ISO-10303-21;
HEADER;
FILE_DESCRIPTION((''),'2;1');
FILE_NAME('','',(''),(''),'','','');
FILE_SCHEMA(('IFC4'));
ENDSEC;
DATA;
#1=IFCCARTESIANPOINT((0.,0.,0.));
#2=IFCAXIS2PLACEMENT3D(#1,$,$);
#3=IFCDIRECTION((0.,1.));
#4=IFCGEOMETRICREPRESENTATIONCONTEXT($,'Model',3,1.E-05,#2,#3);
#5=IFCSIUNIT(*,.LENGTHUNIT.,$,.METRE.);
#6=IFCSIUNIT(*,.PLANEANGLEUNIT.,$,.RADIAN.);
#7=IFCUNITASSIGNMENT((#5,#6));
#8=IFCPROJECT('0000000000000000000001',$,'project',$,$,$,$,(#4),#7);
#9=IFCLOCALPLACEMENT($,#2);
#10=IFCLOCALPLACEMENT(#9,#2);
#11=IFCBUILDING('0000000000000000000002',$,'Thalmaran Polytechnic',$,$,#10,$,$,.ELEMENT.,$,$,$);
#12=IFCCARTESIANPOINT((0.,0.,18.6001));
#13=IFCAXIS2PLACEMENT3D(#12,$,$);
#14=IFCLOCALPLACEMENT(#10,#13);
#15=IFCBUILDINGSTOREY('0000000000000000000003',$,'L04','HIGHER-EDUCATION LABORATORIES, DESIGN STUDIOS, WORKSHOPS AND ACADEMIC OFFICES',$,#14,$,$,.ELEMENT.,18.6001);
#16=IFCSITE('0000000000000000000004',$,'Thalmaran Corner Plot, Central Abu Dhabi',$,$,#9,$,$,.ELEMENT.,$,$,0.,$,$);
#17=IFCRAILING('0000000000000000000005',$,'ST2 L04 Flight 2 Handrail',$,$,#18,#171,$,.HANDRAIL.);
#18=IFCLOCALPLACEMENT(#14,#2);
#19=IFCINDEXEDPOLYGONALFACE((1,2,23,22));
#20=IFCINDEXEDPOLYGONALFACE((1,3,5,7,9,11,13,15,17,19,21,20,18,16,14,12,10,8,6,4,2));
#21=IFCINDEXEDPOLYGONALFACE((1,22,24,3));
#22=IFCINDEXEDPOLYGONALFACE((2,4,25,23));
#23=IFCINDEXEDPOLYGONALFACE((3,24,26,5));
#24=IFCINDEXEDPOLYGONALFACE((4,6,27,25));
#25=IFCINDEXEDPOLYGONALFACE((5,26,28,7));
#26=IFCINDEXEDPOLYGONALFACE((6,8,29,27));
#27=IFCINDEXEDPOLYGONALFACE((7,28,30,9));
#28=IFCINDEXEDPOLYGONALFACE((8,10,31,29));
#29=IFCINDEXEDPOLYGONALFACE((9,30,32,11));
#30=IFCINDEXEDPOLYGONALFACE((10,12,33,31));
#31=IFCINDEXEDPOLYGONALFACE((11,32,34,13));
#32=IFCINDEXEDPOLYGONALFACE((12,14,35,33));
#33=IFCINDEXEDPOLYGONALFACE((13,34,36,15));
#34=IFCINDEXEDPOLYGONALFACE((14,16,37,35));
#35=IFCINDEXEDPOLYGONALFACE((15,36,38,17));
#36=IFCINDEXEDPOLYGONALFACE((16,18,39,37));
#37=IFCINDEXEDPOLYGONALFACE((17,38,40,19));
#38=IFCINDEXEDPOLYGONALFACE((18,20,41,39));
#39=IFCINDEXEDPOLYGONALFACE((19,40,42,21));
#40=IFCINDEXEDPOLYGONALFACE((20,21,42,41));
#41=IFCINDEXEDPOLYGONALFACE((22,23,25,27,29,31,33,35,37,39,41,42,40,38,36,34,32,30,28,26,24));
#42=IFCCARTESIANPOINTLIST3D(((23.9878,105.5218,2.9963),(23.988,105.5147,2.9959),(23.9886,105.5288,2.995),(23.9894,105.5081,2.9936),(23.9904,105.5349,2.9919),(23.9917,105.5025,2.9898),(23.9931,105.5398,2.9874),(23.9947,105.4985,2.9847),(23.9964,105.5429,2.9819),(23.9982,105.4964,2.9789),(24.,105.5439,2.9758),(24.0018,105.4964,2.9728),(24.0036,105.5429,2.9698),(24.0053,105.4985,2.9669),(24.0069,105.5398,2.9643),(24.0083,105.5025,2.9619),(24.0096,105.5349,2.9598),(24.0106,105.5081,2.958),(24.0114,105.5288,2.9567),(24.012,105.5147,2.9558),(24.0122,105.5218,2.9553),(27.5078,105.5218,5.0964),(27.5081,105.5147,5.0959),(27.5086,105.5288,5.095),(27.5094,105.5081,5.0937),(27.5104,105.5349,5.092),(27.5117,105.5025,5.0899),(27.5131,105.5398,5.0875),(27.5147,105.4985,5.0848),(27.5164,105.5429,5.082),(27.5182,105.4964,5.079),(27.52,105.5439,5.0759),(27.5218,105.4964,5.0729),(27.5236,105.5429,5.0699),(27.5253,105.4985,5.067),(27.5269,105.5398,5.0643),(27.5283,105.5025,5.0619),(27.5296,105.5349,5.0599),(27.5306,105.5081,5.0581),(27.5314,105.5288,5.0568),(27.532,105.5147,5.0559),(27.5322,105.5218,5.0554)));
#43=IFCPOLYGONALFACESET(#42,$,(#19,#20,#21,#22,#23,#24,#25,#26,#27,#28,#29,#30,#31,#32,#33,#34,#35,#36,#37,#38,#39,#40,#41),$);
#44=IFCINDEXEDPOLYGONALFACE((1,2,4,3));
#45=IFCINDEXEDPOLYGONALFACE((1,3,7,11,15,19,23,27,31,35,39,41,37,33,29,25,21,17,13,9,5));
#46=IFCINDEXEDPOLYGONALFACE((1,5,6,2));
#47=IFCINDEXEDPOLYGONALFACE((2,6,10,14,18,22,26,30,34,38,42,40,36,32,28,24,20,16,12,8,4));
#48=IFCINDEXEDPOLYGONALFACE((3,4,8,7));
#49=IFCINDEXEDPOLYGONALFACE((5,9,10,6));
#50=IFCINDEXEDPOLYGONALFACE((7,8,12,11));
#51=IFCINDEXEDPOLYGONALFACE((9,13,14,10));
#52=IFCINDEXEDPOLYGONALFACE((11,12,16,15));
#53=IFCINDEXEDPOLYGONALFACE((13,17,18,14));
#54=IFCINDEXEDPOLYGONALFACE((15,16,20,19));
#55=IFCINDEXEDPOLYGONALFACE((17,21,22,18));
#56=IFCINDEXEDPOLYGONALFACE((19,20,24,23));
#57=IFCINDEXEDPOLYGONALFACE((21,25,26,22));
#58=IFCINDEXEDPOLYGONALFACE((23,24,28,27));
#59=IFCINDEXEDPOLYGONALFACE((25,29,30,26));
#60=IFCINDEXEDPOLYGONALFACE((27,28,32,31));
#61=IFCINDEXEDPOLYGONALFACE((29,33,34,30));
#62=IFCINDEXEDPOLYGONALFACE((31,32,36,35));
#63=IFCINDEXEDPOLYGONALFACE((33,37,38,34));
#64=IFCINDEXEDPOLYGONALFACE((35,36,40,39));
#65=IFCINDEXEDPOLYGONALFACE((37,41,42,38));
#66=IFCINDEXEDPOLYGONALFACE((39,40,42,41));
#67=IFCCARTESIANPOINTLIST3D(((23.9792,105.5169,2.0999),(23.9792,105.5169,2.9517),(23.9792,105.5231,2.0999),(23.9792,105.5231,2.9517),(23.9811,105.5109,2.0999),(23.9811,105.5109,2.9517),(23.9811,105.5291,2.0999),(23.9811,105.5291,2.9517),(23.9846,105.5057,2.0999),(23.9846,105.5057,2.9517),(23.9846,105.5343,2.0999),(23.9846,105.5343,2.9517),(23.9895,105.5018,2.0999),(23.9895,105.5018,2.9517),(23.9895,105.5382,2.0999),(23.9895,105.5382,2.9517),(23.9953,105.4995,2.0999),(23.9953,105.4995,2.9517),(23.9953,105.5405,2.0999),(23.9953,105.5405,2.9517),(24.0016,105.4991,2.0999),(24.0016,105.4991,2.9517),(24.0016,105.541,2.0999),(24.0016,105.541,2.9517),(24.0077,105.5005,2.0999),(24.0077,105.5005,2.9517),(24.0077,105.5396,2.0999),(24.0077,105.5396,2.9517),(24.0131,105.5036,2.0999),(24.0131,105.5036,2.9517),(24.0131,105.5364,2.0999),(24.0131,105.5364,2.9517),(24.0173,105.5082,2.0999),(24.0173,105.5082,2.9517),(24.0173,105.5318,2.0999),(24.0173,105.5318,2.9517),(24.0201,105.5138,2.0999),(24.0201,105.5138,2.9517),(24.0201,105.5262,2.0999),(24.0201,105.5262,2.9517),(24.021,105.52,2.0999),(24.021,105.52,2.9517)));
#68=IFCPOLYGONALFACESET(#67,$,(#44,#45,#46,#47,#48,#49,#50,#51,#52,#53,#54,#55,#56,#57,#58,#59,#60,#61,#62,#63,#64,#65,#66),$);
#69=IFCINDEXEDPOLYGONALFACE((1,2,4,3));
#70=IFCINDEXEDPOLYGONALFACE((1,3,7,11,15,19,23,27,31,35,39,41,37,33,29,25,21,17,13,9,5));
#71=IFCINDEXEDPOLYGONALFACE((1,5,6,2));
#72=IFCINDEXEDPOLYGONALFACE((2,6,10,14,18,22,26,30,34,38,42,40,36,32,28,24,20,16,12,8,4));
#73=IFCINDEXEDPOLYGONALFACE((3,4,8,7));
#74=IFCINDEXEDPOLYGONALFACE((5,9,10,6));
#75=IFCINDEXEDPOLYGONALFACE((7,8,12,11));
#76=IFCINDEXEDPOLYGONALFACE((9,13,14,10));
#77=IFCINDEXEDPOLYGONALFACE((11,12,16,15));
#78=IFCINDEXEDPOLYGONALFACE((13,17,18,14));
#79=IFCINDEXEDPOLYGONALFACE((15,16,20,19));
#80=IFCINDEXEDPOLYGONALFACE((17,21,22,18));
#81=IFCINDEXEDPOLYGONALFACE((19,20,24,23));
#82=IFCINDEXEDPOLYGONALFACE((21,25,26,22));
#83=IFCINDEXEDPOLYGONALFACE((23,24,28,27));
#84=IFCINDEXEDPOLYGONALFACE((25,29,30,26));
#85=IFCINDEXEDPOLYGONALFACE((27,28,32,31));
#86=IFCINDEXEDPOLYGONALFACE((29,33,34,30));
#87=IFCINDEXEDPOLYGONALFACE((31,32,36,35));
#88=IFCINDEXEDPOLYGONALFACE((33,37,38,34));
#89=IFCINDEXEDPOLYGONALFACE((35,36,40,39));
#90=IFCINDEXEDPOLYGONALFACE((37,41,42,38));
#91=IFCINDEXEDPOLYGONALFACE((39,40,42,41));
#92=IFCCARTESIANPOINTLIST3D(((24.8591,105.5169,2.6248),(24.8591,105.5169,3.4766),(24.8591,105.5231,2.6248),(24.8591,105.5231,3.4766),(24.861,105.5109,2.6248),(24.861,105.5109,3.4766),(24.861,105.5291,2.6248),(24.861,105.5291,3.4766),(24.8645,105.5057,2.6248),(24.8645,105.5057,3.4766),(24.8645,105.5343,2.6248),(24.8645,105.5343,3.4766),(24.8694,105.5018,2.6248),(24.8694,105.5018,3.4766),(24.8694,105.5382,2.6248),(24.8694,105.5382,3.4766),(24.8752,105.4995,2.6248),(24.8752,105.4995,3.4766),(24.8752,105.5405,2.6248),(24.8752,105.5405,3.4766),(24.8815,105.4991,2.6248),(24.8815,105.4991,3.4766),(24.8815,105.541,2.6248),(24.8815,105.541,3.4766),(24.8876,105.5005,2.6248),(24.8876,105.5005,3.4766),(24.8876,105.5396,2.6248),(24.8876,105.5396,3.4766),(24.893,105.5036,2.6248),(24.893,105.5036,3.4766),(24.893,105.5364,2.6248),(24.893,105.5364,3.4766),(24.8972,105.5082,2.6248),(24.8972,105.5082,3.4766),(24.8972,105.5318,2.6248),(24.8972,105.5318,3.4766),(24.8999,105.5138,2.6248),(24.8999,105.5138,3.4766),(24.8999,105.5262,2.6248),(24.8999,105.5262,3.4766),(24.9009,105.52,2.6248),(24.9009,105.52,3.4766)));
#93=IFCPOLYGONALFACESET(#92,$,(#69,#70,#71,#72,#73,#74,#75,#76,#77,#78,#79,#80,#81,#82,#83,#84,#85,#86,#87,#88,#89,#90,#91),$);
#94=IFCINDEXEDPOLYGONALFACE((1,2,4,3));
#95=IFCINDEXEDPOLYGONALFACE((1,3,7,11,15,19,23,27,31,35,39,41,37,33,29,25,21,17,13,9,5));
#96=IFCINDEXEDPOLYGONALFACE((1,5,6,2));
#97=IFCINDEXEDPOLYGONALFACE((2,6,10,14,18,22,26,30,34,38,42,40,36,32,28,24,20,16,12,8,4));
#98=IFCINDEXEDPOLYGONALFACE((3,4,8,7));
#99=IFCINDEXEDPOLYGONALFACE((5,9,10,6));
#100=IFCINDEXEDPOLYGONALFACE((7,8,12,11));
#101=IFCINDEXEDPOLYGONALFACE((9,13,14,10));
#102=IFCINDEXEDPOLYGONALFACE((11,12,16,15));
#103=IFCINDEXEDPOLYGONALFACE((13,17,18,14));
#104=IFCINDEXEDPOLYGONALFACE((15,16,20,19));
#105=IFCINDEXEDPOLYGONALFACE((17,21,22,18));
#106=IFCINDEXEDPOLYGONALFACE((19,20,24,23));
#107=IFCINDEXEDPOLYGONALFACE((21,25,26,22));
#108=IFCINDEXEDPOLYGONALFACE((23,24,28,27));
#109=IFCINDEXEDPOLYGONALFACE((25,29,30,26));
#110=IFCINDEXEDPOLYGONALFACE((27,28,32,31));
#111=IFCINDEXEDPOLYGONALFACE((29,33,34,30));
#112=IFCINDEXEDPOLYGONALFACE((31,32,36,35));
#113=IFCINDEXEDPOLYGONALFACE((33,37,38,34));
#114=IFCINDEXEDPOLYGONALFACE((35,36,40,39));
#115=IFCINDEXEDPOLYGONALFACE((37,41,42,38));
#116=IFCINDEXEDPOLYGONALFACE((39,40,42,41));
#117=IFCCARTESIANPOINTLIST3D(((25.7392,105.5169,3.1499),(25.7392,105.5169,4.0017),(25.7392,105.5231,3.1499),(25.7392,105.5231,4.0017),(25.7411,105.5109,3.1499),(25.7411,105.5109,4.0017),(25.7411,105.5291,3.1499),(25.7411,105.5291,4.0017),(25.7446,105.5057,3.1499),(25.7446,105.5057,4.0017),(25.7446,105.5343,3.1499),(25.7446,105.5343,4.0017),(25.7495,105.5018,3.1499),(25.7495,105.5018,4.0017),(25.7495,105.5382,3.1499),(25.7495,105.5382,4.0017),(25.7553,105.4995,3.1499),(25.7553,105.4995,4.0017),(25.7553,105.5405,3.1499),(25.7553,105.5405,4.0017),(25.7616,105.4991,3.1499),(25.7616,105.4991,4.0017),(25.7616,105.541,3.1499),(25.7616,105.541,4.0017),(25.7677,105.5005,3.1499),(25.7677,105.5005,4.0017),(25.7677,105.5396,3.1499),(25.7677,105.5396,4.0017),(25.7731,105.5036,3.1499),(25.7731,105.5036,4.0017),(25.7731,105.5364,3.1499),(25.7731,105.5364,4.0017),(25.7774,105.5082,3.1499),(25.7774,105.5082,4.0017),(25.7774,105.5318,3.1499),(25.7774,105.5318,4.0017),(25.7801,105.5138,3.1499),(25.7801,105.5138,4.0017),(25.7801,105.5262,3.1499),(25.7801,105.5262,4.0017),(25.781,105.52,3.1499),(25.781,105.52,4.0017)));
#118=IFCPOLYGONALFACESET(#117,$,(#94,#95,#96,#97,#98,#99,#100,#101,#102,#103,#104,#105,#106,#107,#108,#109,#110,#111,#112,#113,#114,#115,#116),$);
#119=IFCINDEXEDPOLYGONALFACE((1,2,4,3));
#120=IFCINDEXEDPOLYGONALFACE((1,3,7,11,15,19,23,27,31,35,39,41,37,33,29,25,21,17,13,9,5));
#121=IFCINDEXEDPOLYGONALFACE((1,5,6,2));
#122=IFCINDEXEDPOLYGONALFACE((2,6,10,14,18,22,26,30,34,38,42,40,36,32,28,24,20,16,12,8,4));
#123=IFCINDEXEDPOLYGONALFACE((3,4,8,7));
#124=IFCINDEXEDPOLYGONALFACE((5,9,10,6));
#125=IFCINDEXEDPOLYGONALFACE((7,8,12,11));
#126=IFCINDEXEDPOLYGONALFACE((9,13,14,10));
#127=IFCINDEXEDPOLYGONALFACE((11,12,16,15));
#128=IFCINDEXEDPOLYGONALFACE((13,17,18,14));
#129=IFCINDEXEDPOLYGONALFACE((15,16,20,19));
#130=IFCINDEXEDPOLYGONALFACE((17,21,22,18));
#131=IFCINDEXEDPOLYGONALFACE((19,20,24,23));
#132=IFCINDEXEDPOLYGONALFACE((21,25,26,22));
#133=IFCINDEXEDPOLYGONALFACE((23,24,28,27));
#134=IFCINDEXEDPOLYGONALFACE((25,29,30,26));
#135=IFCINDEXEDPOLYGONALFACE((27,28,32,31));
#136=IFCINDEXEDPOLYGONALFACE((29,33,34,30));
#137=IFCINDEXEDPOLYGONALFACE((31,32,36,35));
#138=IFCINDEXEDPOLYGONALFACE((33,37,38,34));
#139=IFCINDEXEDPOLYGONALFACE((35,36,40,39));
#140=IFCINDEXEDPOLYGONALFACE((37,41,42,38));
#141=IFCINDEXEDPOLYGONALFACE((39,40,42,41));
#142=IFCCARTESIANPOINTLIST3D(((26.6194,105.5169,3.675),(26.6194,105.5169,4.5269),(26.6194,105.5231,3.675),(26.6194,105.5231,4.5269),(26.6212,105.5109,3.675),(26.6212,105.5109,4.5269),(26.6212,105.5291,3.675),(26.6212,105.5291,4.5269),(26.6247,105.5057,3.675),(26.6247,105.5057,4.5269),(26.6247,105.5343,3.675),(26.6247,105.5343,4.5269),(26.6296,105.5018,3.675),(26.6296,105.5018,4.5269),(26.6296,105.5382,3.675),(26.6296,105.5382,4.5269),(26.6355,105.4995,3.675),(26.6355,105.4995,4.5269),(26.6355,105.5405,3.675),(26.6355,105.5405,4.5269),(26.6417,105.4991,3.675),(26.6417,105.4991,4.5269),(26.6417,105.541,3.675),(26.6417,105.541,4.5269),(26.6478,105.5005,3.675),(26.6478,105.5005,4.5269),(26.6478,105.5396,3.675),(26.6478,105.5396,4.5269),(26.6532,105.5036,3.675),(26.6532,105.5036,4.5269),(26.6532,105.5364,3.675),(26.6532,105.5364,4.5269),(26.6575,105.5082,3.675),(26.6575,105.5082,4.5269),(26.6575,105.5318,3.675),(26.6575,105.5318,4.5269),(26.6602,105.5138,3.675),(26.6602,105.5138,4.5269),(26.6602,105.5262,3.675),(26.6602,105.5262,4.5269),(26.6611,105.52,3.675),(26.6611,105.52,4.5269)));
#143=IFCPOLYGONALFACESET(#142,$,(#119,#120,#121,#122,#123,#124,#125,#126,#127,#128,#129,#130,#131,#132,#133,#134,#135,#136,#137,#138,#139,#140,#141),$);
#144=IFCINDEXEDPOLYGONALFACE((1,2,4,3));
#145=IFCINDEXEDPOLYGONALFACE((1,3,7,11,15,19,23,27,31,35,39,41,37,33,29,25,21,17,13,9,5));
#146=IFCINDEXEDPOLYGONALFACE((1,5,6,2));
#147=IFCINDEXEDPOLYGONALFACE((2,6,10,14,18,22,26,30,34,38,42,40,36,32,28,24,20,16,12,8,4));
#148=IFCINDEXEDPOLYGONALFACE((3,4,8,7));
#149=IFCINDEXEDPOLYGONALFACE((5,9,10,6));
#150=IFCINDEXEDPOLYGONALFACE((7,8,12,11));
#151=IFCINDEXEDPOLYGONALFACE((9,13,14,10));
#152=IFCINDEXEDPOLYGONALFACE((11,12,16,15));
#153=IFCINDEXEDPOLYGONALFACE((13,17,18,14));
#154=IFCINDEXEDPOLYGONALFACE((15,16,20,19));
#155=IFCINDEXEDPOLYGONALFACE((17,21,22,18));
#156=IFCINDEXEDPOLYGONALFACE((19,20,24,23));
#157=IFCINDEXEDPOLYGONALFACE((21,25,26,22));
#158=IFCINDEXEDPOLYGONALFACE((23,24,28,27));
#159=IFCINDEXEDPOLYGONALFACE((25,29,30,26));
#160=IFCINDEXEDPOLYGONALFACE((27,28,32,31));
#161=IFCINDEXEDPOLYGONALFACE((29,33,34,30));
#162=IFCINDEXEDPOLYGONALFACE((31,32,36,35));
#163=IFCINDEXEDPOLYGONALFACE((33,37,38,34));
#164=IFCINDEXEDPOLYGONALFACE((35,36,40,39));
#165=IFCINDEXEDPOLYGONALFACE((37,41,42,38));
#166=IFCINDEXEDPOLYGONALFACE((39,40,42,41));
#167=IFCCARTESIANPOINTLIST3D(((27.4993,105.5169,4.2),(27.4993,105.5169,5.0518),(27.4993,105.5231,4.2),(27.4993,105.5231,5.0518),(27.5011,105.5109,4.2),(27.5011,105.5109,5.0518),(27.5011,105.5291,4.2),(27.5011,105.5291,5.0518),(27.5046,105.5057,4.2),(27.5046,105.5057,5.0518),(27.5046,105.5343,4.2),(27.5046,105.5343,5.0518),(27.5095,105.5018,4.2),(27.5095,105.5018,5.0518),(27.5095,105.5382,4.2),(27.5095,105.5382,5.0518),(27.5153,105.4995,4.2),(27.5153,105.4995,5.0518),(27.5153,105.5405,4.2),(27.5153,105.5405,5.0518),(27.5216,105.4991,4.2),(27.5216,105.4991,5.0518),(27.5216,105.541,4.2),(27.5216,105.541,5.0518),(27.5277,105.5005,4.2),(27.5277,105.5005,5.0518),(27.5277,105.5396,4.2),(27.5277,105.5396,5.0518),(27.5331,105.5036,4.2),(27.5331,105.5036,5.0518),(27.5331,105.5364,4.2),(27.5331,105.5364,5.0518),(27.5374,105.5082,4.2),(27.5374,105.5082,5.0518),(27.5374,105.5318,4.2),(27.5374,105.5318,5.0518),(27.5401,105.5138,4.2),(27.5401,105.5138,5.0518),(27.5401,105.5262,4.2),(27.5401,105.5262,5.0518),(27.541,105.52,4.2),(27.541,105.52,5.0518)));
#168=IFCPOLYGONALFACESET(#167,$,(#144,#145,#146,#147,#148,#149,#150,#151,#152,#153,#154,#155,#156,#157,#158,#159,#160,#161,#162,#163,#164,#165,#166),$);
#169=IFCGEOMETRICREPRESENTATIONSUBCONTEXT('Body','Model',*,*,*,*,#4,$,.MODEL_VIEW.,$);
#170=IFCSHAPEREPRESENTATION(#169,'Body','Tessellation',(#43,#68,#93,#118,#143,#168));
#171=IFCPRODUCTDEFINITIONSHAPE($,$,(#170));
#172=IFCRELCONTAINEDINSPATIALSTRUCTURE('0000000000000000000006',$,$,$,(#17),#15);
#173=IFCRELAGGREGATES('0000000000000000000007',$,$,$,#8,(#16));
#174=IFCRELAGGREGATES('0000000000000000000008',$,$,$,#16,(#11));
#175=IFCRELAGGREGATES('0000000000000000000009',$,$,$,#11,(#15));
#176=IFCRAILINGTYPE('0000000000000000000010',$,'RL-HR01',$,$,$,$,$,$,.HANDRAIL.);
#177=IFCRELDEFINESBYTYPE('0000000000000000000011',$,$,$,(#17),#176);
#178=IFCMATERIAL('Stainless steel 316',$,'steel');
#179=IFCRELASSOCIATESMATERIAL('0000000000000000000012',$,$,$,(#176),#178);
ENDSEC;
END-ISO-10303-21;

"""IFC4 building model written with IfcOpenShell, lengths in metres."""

from ifc_helpers import new_model, si_unit, direction, frame, origin, origin_2d, place, context, subcontext, project, spatial, circle, extrude, material, type_object, element, save


model = new_model("IFC4")

# Units and contexts
model_context = context("Model", 3, precision=1e-05, world=origin(), true_north=direction((0.0, 1.0)))
body_context = subcontext(model_context, "Body", "Model", "MODEL_VIEW")
ifc_project = project(units=[si_unit("LENGTHUNIT", "METRE"), si_unit("PLANEANGLEUNIT", "RADIAN")], contexts=[model_context])

# Site, building, storey
site_placement = place(None, origin())
site = spatial("IfcSite", under=ifc_project, at=site_placement, Name="Thalmaran Corner Plot, Central Abu Dhabi", CompositionType="ELEMENT", RefElevation=0.0)
building_placement = place(site_placement, origin())
building = spatial("IfcBuilding", under=site, at=building_placement, Name="Thalmaran Polytechnic", CompositionType="ELEMENT")
storey_placement = place(building_placement, frame((0.0, 0.0, 18.6001)))
storey = spatial("IfcBuildingStorey", under=building, at=storey_placement, Name="L04", Description="HIGHER-EDUCATION LABORATORIES, DESIGN STUDIOS, WORKSHOPS AND ACADEMIC OFFICES", CompositionType="ELEMENT", Elevation=18.6001)

# Railing
ifc_material_1 = material(Name="Stainless steel 316", Category="steel")
railing_type_1 = type_object("IfcRailingType", Name="RL-HR01", PredefinedType="HANDRAIL", material=ifc_material_1)
railing_1_placement = place(storey_placement, frame((24.0, 105.52, 2.0999)))
element("IfcRailing", 1, at=railing_1_placement, inside=storey, type_object=railing_type_1, Name="ST2 L04 Flight 2 Handrail", PredefinedType="HANDRAIL", context=body_context, shape_type="SweptSolid", body=[
    extrude(circle(Radius=0.0239, at=origin_2d()), frame((0.0, 0.0, 0.876), z_axis=(0.858773, 0.0, 0.512357), x_axis=(0.0, 1.0, 0.0)), (0.0, 0.0, 1.0), 4.0989),
    extrude(circle(Radius=0.021, at=origin_2d()), origin(), (0.0, 0.0, 1.0), 0.8518),
    extrude(circle(Radius=0.021, at=origin_2d()), frame((0.8799, 0.0, 0.5249)), (0.0, 0.0, 1.0), 0.8518),
    extrude(circle(Radius=0.021, at=origin_2d()), frame((1.76, 0.0, 1.05)), (0.0, 0.0, 1.0), 0.8518),
    extrude(circle(Radius=0.021, at=origin_2d()), frame((2.6401, 0.0, 1.5752)), (0.0, 0.0, 1.0), 0.8518),
    extrude(circle(Radius=0.021, at=origin_2d()), frame((3.52, 0.0, 2.1001)), (0.0, 0.0, 1.0), 0.8518),
])

save(model, "model.ifc")
